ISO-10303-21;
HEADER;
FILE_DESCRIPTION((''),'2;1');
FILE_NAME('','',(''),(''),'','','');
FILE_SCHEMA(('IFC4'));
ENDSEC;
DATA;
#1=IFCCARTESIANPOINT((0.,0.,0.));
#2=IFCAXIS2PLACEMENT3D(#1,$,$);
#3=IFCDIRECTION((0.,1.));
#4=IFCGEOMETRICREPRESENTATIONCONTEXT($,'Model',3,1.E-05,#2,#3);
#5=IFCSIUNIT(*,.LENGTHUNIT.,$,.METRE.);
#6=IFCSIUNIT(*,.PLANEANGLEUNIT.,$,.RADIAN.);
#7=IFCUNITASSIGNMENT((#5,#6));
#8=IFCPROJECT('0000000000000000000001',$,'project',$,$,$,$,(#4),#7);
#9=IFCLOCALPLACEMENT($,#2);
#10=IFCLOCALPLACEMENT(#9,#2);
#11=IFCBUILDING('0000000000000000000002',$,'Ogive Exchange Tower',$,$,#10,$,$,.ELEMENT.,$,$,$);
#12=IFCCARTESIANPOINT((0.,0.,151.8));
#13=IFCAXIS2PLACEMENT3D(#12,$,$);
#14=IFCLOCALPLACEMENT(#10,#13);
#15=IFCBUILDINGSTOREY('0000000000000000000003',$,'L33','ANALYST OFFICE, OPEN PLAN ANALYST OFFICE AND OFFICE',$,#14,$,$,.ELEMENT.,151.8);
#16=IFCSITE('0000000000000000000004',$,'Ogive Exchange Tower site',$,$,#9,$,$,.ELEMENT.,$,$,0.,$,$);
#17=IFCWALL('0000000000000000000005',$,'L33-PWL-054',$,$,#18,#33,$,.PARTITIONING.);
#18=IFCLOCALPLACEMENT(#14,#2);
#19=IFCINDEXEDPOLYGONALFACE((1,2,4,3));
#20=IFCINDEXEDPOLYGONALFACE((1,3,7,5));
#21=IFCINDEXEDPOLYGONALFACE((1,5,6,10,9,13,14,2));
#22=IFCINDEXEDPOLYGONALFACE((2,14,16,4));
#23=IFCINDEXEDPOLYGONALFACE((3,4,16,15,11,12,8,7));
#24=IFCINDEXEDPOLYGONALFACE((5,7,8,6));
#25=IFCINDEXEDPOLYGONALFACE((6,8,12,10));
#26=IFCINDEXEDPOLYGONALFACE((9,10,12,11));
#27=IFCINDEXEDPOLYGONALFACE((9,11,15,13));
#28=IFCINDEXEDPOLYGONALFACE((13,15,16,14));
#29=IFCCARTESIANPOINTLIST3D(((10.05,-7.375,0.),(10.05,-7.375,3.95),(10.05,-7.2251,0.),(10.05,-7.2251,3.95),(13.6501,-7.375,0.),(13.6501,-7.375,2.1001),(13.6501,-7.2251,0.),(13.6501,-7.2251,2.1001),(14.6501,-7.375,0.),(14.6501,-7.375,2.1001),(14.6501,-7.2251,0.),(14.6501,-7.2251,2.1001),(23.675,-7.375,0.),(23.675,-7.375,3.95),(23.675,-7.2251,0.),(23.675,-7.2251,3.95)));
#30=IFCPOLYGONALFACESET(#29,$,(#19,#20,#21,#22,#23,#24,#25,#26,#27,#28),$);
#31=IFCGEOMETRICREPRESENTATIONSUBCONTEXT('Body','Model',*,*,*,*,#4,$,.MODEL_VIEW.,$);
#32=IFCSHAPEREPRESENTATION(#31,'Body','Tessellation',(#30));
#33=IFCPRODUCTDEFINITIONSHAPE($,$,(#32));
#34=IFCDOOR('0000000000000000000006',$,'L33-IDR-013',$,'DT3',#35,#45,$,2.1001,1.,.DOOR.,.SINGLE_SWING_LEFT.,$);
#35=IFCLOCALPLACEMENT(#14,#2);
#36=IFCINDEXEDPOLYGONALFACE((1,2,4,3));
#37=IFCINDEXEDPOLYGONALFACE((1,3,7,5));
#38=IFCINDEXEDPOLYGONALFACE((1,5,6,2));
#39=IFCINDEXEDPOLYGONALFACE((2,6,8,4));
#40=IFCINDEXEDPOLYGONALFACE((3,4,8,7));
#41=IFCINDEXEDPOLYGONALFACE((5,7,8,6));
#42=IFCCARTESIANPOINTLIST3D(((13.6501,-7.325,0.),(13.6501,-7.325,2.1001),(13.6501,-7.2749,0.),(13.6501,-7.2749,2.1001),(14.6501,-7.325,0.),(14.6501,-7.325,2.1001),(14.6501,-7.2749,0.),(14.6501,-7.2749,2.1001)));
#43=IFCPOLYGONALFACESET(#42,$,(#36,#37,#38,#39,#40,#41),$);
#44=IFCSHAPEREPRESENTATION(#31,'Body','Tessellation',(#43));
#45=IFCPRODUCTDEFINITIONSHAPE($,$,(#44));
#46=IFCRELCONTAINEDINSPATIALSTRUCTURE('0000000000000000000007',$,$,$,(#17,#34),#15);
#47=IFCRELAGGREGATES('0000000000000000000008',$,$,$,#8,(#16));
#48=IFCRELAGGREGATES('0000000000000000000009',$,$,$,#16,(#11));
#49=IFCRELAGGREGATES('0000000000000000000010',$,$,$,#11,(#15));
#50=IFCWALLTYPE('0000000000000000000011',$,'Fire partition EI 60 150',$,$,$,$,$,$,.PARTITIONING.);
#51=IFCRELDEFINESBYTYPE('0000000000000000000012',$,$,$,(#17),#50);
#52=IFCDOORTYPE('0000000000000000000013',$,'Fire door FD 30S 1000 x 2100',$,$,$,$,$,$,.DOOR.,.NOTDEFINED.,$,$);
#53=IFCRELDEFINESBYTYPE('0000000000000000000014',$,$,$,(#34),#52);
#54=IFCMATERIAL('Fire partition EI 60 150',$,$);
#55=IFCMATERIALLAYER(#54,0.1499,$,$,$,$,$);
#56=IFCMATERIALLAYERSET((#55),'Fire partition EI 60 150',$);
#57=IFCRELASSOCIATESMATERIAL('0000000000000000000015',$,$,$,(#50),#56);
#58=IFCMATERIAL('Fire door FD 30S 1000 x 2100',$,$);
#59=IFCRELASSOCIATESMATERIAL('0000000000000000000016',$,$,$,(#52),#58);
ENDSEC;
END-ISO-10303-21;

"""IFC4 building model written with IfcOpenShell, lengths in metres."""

from ifc_helpers import new_model, si_unit, direction, frame, frame_2d, origin, place, context, subcontext, project, spatial, rectangle, extrude, material, layer, layer_set, type_object, element, fill, save


model = new_model("IFC4")

# Units and contexts
model_context = context("Model", 3, precision=1e-05, world=origin(), true_north=direction((0.0, 1.0)))
body_context = subcontext(model_context, "Body", "Model", "MODEL_VIEW")
ifc_project = project(units=[si_unit("LENGTHUNIT", "METRE"), si_unit("PLANEANGLEUNIT", "RADIAN")], contexts=[model_context])

# Site, building, storey
site_placement = place(None, origin())
site = spatial("IfcSite", under=ifc_project, at=site_placement, Name="Ogive Exchange Tower site", CompositionType="ELEMENT", RefElevation=0.0)
building_placement = place(site_placement, origin())
building = spatial("IfcBuilding", under=site, at=building_placement, Name="Ogive Exchange Tower", CompositionType="ELEMENT")
storey_placement = place(building_placement, frame((0.0, 0.0, 151.8)))
storey = spatial("IfcBuildingStorey", under=building, at=storey_placement, Name="L33", Description="ANALYST OFFICE, OPEN PLAN ANALYST OFFICE AND OFFICE", CompositionType="ELEMENT", Elevation=151.8)

# Wall, opening, door
ifc_material_1 = material(Name="Fire partition EI 60 150")
ifc_layer_1 = layer(ifc_material_1, 0.1499)
ifc_layer_set_1 = layer_set([ifc_layer_1], Name="Fire partition EI 60 150")
wall_type_1 = type_object("IfcWallType", Name="Fire partition EI 60 150", PredefinedType="PARTITIONING", material=ifc_layer_set_1)
wall_1_placement = place(storey_placement, frame((23.675, -7.3, 0.0), z_axis=(0.0, 0.0, 1.0), x_axis=(-1.0, 0.0, 0.0)))
wall_1 = element("IfcWall", 1, at=wall_1_placement, inside=storey, type_object=wall_type_1, Name="L33-PWL-054", PredefinedType="PARTITIONING", context=body_context, shape_type="SweptSolid", body=[
    extrude(rectangle(XDim=13.625, YDim=0.1499, at=frame_2d((6.8125, 0.0))), origin(), (0.0, 0.0, 1.0), 3.95),
])
opening_1_placement = place(wall_1_placement, frame((9.0249, 0.0, 0.0)))
opening_1 = element("IfcOpeningElement", 2, at=opening_1_placement, cuts=wall_1, PredefinedType="OPENING", context=body_context, shape_type="SweptSolid", body=[
    extrude(rectangle(XDim=1.0, YDim=2.1001, at=frame_2d((0.5, 1.05))), frame((0.0, 0.085, 0.0), z_axis=(0.0, -1.0, 0.0), x_axis=(1.0, 0.0, 0.0)), (0.0, 0.0, 1.0), 0.1699),
])
ifc_material_2 = material(Name="Fire door FD 30S 1000 x 2100")
door_type_1 = type_object("IfcDoorType", Name="Fire door FD 30S 1000 x 2100", OperationType="NOTDEFINED", PredefinedType="DOOR", material=ifc_material_2)
door_1_placement = place(opening_1_placement, origin())
door_1 = element("IfcDoor", 3, at=door_1_placement, inside=storey, type_object=door_type_1, Name="L33-IDR-013", ObjectType="DT3", OperationType="SINGLE_SWING_LEFT", OverallHeight=2.1001, OverallWidth=1.0, PredefinedType="DOOR", context=body_context, shape_type="SweptSolid", body=[
    extrude(rectangle(XDim=1.0, YDim=2.1001, at=frame_2d((0.5, 1.05))), frame((0.0, 0.0249, 0.0), z_axis=(0.0, -1.0, 0.0), x_axis=(1.0, 0.0, 0.0)), (0.0, 0.0, 1.0), 0.05),
])
fill(opening_1, door_1)

save(model, "model.ifc")
